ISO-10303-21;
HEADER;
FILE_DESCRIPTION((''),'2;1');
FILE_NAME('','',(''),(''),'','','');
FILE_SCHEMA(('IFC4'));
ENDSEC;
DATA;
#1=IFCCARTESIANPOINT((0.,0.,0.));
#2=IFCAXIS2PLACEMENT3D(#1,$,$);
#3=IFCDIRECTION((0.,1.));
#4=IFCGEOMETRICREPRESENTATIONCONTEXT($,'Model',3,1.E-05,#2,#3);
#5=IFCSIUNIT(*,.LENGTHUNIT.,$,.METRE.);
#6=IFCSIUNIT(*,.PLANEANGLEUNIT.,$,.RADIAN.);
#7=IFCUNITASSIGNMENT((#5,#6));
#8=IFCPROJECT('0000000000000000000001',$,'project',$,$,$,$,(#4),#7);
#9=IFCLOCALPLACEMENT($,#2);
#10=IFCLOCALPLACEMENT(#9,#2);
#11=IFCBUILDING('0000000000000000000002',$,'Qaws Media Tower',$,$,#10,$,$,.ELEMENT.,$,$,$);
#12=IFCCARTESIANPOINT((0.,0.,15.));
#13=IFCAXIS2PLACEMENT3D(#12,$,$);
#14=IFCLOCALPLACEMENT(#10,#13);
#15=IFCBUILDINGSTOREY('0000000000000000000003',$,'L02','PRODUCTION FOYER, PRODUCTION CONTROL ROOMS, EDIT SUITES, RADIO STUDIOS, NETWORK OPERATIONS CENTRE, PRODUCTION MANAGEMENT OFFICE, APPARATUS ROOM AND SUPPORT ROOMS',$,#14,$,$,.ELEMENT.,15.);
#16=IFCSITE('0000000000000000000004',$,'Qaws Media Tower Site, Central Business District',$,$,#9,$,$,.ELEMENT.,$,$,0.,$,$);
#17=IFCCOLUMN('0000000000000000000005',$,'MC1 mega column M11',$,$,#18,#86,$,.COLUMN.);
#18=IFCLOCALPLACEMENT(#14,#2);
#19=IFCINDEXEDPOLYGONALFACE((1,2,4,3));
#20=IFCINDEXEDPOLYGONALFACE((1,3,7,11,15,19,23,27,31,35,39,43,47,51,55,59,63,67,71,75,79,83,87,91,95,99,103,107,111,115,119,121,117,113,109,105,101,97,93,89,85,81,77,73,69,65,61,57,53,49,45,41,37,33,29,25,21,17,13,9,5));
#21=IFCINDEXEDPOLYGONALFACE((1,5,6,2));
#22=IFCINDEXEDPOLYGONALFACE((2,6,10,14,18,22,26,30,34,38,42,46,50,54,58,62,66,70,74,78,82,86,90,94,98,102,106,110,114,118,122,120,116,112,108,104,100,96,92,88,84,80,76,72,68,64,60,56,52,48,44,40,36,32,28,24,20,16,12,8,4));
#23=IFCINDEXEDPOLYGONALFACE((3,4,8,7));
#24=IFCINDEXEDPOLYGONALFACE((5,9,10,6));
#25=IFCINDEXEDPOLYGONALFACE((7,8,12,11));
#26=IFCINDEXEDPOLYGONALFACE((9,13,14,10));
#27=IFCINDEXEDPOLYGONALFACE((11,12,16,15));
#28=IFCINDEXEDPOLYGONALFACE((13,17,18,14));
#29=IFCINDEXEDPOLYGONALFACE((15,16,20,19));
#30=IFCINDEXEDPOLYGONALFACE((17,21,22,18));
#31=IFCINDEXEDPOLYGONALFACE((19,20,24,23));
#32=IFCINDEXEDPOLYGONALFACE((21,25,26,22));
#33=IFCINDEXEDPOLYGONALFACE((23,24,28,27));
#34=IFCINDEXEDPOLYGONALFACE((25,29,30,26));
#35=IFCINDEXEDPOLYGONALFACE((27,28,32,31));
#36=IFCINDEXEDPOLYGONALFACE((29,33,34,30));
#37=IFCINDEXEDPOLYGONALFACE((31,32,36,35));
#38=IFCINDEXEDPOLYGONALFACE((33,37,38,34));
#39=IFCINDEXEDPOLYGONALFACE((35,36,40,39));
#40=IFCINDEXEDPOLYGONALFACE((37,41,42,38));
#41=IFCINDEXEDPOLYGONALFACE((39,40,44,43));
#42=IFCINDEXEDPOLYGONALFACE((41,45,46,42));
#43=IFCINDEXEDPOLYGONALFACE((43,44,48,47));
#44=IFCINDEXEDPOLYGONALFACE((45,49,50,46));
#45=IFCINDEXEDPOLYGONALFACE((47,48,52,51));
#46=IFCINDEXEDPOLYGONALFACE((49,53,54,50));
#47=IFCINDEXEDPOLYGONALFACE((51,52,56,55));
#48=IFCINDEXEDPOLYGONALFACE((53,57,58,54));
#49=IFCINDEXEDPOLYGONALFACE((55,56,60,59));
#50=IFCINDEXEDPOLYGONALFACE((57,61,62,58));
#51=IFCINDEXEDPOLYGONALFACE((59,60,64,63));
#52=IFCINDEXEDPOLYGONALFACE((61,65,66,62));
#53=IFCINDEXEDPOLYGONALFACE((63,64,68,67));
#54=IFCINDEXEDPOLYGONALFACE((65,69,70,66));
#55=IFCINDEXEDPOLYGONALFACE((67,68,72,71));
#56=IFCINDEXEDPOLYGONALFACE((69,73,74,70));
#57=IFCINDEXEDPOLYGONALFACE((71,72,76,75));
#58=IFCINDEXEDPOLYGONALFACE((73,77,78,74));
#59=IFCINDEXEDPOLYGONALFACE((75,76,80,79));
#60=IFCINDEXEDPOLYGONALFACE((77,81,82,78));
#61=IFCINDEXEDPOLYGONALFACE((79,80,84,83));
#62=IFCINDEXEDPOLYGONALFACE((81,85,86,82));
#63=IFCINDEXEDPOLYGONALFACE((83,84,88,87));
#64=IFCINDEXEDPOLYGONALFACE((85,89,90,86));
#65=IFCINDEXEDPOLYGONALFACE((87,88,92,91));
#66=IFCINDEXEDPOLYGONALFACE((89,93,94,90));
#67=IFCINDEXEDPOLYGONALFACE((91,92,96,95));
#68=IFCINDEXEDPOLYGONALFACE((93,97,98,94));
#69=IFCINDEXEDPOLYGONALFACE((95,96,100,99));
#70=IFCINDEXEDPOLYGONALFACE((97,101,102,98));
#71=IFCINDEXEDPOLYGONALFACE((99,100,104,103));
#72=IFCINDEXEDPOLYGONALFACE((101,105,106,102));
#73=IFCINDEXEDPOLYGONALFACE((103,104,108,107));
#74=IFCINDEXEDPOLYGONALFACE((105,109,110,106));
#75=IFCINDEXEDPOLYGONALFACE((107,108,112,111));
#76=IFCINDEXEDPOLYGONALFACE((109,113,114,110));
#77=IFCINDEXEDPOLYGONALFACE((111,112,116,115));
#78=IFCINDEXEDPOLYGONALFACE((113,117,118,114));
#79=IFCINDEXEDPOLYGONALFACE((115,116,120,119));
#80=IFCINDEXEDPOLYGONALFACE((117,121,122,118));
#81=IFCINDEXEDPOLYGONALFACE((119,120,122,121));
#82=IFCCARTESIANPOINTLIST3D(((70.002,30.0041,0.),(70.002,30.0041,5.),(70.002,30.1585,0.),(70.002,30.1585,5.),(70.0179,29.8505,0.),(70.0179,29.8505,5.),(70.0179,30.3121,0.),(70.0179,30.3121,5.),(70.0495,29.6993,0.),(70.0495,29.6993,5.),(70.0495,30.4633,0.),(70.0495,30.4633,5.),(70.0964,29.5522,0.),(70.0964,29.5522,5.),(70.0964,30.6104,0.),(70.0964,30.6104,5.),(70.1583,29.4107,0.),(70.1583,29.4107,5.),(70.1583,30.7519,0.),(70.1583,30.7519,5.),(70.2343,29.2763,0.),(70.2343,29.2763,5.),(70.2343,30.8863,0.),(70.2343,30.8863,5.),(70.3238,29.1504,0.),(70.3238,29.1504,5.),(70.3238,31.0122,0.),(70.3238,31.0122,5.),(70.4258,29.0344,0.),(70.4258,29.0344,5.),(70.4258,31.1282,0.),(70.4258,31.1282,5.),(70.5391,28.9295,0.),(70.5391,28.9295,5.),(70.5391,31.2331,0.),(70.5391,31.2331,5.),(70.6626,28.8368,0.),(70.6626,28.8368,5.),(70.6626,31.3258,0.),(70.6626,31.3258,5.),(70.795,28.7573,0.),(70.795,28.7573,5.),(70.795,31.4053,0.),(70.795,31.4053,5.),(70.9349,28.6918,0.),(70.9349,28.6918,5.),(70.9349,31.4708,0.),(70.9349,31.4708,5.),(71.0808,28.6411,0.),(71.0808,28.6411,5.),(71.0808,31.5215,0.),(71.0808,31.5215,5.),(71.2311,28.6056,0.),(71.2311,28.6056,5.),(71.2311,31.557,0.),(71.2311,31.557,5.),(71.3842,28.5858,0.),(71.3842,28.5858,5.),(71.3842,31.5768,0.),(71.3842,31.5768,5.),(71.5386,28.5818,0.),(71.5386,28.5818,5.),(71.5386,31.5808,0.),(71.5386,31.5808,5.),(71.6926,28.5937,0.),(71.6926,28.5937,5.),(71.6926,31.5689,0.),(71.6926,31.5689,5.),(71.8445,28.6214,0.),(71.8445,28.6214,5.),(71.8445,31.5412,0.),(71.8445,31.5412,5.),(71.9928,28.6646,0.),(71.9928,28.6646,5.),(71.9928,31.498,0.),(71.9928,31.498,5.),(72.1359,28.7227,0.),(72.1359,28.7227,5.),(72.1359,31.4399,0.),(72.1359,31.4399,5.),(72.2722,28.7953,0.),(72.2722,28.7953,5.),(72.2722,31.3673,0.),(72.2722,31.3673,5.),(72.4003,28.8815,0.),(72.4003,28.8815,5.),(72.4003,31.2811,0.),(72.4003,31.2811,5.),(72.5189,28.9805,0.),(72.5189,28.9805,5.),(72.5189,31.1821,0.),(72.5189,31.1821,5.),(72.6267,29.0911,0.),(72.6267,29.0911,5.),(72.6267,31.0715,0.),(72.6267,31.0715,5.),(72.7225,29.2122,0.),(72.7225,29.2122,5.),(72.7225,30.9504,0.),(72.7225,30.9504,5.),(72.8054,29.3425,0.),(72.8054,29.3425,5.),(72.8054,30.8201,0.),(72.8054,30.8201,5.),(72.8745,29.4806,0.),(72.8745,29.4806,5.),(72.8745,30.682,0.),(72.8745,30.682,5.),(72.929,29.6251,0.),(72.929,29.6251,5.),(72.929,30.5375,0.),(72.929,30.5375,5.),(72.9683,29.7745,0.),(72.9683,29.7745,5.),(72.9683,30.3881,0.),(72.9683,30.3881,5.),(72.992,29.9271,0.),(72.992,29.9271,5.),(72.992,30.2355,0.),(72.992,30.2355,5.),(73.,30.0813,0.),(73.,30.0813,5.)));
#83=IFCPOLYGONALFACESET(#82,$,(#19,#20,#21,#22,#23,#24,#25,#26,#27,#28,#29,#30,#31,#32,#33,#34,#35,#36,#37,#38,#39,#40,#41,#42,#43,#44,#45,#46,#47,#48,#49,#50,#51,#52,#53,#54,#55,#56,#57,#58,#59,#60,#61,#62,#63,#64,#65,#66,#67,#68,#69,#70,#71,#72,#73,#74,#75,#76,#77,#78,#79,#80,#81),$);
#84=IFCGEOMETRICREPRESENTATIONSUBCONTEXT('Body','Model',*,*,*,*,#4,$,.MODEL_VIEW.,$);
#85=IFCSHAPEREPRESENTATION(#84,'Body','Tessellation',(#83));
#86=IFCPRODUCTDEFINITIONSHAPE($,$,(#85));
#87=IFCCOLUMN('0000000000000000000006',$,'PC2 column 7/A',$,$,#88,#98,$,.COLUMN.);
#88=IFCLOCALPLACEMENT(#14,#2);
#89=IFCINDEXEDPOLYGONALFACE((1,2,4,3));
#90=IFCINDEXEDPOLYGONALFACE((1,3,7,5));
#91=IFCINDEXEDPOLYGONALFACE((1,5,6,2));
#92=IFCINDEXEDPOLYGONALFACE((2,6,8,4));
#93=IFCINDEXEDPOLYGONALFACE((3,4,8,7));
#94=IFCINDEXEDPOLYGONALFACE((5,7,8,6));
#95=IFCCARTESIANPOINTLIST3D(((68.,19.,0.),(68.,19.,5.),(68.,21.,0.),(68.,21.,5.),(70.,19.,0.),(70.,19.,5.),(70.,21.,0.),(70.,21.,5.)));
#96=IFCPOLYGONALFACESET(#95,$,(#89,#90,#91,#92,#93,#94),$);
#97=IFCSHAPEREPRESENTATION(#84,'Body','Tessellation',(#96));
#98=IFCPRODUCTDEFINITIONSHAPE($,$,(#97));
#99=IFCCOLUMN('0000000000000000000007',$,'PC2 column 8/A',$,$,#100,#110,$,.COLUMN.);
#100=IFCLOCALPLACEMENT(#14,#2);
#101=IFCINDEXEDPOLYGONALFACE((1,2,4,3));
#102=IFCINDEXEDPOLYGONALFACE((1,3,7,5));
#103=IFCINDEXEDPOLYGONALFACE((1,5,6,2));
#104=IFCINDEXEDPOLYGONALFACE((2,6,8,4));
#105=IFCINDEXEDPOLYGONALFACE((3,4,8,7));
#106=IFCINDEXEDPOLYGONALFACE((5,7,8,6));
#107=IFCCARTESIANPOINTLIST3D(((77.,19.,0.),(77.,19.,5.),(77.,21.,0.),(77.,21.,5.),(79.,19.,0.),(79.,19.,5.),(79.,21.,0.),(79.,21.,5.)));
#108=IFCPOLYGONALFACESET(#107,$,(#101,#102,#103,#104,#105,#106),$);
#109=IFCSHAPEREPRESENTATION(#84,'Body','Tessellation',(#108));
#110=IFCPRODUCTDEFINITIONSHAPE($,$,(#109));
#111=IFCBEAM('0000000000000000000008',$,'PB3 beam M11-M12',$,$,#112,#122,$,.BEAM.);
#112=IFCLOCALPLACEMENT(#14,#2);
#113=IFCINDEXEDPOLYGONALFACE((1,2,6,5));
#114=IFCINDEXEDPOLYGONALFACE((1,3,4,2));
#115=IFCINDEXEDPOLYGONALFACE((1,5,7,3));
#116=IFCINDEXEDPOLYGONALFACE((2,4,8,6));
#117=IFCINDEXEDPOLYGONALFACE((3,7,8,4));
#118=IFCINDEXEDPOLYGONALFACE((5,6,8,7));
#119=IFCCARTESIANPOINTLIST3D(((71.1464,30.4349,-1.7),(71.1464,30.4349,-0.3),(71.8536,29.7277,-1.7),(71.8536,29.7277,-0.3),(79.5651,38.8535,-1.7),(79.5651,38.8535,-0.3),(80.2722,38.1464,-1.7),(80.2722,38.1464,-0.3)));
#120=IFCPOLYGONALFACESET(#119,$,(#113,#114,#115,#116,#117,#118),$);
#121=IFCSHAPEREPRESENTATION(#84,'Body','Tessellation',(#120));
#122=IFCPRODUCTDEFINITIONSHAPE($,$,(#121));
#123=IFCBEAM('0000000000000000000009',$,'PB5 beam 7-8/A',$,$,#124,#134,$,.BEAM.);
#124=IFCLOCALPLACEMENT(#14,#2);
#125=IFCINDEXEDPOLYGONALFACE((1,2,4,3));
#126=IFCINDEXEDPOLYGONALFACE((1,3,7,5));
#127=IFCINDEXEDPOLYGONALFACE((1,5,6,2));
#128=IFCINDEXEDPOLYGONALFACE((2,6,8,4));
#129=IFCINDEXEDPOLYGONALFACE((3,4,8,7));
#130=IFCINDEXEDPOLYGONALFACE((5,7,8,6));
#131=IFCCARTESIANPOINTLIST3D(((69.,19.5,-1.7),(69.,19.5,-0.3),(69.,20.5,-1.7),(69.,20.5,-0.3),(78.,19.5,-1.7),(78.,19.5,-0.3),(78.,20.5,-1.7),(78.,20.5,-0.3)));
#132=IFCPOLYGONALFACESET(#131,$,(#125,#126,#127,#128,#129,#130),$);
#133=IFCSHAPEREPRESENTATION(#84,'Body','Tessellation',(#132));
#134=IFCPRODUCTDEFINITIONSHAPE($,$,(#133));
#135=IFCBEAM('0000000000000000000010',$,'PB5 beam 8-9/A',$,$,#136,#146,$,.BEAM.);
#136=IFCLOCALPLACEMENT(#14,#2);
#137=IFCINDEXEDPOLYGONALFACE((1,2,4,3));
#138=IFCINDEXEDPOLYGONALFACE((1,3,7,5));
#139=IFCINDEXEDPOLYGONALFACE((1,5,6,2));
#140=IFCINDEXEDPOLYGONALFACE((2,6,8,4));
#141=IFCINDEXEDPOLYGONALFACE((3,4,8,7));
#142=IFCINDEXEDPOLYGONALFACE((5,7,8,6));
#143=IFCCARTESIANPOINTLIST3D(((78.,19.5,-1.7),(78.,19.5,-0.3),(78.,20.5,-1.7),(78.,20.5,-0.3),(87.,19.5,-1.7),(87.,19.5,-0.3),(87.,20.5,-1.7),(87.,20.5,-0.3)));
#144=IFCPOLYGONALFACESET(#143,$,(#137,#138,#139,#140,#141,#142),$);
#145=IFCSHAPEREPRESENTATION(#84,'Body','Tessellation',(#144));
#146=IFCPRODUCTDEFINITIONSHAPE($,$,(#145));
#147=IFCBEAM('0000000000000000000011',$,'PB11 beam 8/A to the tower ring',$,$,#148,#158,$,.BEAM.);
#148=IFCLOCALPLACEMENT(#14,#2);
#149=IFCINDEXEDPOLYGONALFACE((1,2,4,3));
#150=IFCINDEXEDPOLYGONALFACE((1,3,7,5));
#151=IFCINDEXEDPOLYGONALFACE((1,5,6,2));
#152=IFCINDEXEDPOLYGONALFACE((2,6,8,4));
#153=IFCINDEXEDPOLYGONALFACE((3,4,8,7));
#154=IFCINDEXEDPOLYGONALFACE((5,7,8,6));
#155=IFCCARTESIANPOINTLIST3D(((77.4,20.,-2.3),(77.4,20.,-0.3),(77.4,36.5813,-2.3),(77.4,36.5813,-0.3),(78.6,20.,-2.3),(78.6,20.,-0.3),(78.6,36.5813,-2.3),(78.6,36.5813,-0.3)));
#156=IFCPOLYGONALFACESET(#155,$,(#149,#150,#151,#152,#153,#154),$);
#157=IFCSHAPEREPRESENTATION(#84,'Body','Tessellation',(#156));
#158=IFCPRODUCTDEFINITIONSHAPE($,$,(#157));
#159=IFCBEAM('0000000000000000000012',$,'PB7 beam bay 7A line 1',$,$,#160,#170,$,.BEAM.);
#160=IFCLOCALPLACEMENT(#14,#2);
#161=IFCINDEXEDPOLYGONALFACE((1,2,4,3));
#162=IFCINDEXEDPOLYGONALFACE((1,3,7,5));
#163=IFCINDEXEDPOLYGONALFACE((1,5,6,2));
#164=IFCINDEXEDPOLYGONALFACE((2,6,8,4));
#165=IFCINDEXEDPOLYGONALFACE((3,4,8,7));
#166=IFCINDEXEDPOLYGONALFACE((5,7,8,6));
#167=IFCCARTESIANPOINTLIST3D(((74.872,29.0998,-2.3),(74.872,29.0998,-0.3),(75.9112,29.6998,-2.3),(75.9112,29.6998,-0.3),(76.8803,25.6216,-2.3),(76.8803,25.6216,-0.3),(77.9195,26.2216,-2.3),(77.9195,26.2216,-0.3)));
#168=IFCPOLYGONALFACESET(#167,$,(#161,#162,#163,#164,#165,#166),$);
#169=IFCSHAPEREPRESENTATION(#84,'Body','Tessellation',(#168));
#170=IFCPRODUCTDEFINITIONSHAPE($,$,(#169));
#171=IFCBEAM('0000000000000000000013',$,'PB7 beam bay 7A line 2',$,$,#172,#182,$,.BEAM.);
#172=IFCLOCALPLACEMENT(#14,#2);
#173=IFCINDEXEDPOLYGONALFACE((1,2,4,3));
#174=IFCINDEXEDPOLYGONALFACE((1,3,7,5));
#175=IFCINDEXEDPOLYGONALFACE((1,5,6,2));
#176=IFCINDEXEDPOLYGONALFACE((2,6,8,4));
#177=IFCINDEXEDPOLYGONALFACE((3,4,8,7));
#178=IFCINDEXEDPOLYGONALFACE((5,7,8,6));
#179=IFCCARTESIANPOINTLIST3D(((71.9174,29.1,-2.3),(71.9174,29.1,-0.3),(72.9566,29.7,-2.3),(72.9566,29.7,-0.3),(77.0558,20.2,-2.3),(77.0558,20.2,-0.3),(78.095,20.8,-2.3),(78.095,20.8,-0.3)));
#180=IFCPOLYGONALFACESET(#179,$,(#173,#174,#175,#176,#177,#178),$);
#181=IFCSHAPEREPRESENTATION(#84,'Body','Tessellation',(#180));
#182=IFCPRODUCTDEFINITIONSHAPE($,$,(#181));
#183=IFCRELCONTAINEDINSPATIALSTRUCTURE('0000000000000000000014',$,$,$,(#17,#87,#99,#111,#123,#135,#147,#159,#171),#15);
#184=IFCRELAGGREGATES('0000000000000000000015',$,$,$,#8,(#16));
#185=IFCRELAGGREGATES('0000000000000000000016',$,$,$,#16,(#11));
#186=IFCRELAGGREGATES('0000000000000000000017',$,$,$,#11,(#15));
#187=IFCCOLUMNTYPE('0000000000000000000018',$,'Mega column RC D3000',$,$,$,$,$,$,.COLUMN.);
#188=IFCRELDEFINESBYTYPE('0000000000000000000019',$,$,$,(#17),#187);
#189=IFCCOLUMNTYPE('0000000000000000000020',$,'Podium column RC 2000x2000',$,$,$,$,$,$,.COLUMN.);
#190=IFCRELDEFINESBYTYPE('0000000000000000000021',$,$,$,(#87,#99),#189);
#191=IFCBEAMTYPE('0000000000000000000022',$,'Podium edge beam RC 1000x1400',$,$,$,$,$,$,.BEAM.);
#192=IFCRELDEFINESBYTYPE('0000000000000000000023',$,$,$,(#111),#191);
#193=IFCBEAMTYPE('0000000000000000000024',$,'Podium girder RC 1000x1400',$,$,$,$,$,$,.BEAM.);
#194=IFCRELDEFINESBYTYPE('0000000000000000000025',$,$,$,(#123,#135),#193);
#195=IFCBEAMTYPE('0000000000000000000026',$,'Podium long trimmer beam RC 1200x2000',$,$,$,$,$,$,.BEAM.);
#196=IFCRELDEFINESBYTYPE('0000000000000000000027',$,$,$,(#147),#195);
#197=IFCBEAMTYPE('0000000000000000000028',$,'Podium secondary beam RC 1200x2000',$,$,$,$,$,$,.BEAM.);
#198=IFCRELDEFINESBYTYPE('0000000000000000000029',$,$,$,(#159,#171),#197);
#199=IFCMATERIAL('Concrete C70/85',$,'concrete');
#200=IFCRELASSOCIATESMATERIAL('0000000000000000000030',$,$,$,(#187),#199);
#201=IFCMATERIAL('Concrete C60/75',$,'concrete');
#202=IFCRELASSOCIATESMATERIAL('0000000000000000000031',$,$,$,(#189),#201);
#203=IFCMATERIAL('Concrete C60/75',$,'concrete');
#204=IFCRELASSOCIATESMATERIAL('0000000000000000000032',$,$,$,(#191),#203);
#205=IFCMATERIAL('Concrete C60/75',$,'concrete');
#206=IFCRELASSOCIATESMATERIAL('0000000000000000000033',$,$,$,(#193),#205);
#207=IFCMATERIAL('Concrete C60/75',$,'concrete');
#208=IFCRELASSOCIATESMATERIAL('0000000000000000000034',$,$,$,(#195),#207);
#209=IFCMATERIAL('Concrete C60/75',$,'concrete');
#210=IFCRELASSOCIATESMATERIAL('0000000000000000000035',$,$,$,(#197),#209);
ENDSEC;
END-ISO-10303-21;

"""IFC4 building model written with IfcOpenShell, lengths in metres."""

from ifc_helpers import new_model, si_unit, direction, frame, origin, origin_2d, place, context, subcontext, project, spatial, rectangle, circle, extrude, material, material_profile, profile_set, type_object, element, save


model = new_model("IFC4")

# Units and contexts
model_context = context("Model", 3, precision=1e-05, world=origin(), true_north=direction((0.0, 1.0)))
body_context = subcontext(model_context, "Body", "Model", "MODEL_VIEW")
ifc_project = project(units=[si_unit("LENGTHUNIT", "METRE"), si_unit("PLANEANGLEUNIT", "RADIAN")], contexts=[model_context])

# Site, building, storey
site_placement = place(None, origin())
site = spatial("IfcSite", under=ifc_project, at=site_placement, Name="Qaws Media Tower Site, Central Business District", CompositionType="ELEMENT", RefElevation=0.0)
building_placement = place(site_placement, origin())
building = spatial("IfcBuilding", under=site, at=building_placement, Name="Qaws Media Tower", CompositionType="ELEMENT")
storey_placement = place(building_placement, frame((0.0, 0.0, 15.0)))
storey = spatial("IfcBuildingStorey", under=building, at=storey_placement, Name="L02", Description="PRODUCTION FOYER, PRODUCTION CONTROL ROOMS, EDIT SUITES, RADIO STUDIOS, NETWORK OPERATIONS CENTRE, PRODUCTION MANAGEMENT OFFICE, APPARATUS ROOM AND SUPPORT ROOMS", CompositionType="ELEMENT", Elevation=15.0)

# Columns
ifc_material_1 = material(Name="Concrete C70/85", Category="concrete")
ifc_material_profile_1 = material_profile(ifc_material_1, circle(Radius=1.5, at=origin_2d()), Name="RC D3000")
ifc_profile_set_1 = profile_set([ifc_material_profile_1], Name="Concrete C70/85")
column_type_1 = type_object("IfcColumnType", Name="Mega column RC D3000", PredefinedType="COLUMN", material=ifc_profile_set_1)
column_placement = place(storey_placement, frame((71.5, 30.0813, 0.0), z_axis=(0.0, 0.0, 1.0), x_axis=(1.0, 0.0, 0.0)))
element("IfcColumn", 1, at=column_placement, inside=storey, type_object=column_type_1, Name="MC1 mega column M11", PredefinedType="COLUMN", context=body_context, shape_type="SweptSolid", body=[
    extrude(circle(Radius=1.5, at=origin_2d()), origin(), (0.0, 0.0, 1.0), 5.0),
])
ifc_material_2 = material(Name="Concrete C60/75", Category="concrete")
ifc_material_profile_2 = material_profile(ifc_material_2, rectangle(XDim=2.0, YDim=2.0, at=origin_2d()), Name="RC 2000x2000")
ifc_profile_set_2 = profile_set([ifc_material_profile_2], Name="Concrete C60/75")
column_type_2 = type_object("IfcColumnType", Name="Podium column RC 2000x2000", PredefinedType="COLUMN", material=ifc_profile_set_2)
for number, where, z_axis, x_axis, name in (
    (2, (69.0, 20.0, 0.0), (0.0, 0.0, 1.0), (1.0, 0.0, 0.0), "PC2 column 7/A"),
    (3, (78.0, 20.0, 0.0), (0.0, 0.0, 1.0), (1.0, 0.0, 0.0), "PC2 column 8/A"),
):
    element("IfcColumn", number, at=place(storey_placement, frame(where, z_axis=z_axis, x_axis=x_axis)), inside=storey, type_object=column_type_2, Name=name, PredefinedType="COLUMN", context=body_context, shape_type="SweptSolid", body=[
        extrude(rectangle(XDim=2.0, YDim=2.0, at=origin_2d()), origin(), (0.0, 0.0, 1.0), 5.0),
    ])

# Beams
ifc_material_3 = material(Name="Concrete C60/75", Category="concrete")
ifc_material_profile_3 = material_profile(ifc_material_3, rectangle(XDim=1.0, YDim=1.3999, at=origin_2d()), Name="RC 1000x1400")
ifc_profile_set_3 = profile_set([ifc_material_profile_3], Name="Concrete C60/75")
beam_type_1 = type_object("IfcBeamType", Name="Podium edge beam RC 1000x1400", PredefinedType="BEAM", material=ifc_profile_set_3)
beam_1_placement = place(storey_placement, frame((71.5, 30.0813, -1.0), z_axis=(0.707107, 0.707107, 0.0), x_axis=(-0.707107, 0.707107, 0.0)))
element("IfcBeam", 4, at=beam_1_placement, inside=storey, type_object=beam_type_1, Name="PB3 beam M11-M12", PredefinedType="BEAM", context=body_context, shape_type="SweptSolid", body=[
    extrude(rectangle(XDim=1.0, YDim=1.3999, at=origin_2d()), origin(), (0.0, 0.0, 1.0), 11.9058),
])
ifc_material_4 = material(Name="Concrete C60/75", Category="concrete")
ifc_material_profile_4 = material_profile(ifc_material_4, rectangle(XDim=1.0, YDim=1.3999, at=origin_2d()), Name="RC 1000x1400")
ifc_profile_set_4 = profile_set([ifc_material_profile_4], Name="Concrete C60/75")
beam_type_2 = type_object("IfcBeamType", Name="Podium girder RC 1000x1400", PredefinedType="BEAM", material=ifc_profile_set_4)
for number, where, z_axis, x_axis, name in (
    (5, (69.0, 20.0, -1.0), (1.0, 0.0, 0.0), (0.0, 1.0, 0.0), "PB5 beam 7-8/A"),
    (6, (78.0, 20.0, -1.0), (1.0, 0.0, 0.0), (0.0, 1.0, 0.0), "PB5 beam 8-9/A"),
):
    element("IfcBeam", number, at=place(storey_placement, frame(where, z_axis=z_axis, x_axis=x_axis)), inside=storey, type_object=beam_type_2, Name=name, PredefinedType="BEAM", context=body_context, shape_type="SweptSolid", body=[
        extrude(rectangle(XDim=1.0, YDim=1.3999, at=origin_2d()), origin(), (0.0, 0.0, 1.0), 9.0),
    ])
ifc_material_5 = material(Name="Concrete C60/75", Category="concrete")
ifc_material_profile_5 = material_profile(ifc_material_5, rectangle(XDim=1.2, YDim=2.0, at=origin_2d()), Name="RC 1200x2000")
ifc_profile_set_5 = profile_set([ifc_material_profile_5], Name="Concrete C60/75")
beam_type_3 = type_object("IfcBeamType", Name="Podium long trimmer beam RC 1200x2000", PredefinedType="BEAM", material=ifc_profile_set_5)
beam_2_placement = place(storey_placement, frame((78.0, 20.0, -1.3), z_axis=(0.0, 1.0, 0.0), x_axis=(-1.0, 0.0, 0.0)))
element("IfcBeam", 7, at=beam_2_placement, inside=storey, type_object=beam_type_3, Name="PB11 beam 8/A to the tower ring", PredefinedType="BEAM", context=body_context, shape_type="SweptSolid", body=[
    extrude(rectangle(XDim=1.2, YDim=2.0, at=origin_2d()), origin(), (0.0, 0.0, 1.0), 16.5813),
])
ifc_material_6 = material(Name="Concrete C60/75", Category="concrete")
ifc_material_profile_6 = material_profile(ifc_material_6, rectangle(XDim=1.2, YDim=2.0, at=origin_2d()), Name="RC 1200x2000")
ifc_profile_set_6 = profile_set([ifc_material_profile_6], Name="Concrete C60/75")
beam_type_4 = type_object("IfcBeamType", Name="Podium secondary beam RC 1200x2000", PredefinedType="BEAM", material=ifc_profile_set_6)
beam_3_placement = place(storey_placement, frame((77.3999, 25.9216, -1.3), z_axis=(-0.500022, 0.866012, 0.0), x_axis=(-0.866012, -0.500022, 0.0)))
element("IfcBeam", 8, at=beam_3_placement, inside=storey, type_object=beam_type_4, Name="PB7 beam bay 7A line 1", PredefinedType="BEAM", context=body_context, shape_type="SweptSolid", body=[
    extrude(rectangle(XDim=1.2, YDim=2.0, at=origin_2d()), origin(), (0.0, 0.0, 1.0), 4.0164),
])
beam_4_placement = place(storey_placement, frame((77.5754, 20.5, -1.3), z_axis=(-0.500005, 0.866023, 0.0), x_axis=(-0.866023, -0.500005, 0.0)))
element("IfcBeam", 9, at=beam_4_placement, inside=storey, type_object=beam_type_4, Name="PB7 beam bay 7A line 2", PredefinedType="BEAM", context=body_context, shape_type="SweptSolid", body=[
    extrude(rectangle(XDim=1.2, YDim=2.0, at=origin_2d()), origin(), (0.0, 0.0, 1.0), 10.2769),
])

save(model, "model.ifc")
